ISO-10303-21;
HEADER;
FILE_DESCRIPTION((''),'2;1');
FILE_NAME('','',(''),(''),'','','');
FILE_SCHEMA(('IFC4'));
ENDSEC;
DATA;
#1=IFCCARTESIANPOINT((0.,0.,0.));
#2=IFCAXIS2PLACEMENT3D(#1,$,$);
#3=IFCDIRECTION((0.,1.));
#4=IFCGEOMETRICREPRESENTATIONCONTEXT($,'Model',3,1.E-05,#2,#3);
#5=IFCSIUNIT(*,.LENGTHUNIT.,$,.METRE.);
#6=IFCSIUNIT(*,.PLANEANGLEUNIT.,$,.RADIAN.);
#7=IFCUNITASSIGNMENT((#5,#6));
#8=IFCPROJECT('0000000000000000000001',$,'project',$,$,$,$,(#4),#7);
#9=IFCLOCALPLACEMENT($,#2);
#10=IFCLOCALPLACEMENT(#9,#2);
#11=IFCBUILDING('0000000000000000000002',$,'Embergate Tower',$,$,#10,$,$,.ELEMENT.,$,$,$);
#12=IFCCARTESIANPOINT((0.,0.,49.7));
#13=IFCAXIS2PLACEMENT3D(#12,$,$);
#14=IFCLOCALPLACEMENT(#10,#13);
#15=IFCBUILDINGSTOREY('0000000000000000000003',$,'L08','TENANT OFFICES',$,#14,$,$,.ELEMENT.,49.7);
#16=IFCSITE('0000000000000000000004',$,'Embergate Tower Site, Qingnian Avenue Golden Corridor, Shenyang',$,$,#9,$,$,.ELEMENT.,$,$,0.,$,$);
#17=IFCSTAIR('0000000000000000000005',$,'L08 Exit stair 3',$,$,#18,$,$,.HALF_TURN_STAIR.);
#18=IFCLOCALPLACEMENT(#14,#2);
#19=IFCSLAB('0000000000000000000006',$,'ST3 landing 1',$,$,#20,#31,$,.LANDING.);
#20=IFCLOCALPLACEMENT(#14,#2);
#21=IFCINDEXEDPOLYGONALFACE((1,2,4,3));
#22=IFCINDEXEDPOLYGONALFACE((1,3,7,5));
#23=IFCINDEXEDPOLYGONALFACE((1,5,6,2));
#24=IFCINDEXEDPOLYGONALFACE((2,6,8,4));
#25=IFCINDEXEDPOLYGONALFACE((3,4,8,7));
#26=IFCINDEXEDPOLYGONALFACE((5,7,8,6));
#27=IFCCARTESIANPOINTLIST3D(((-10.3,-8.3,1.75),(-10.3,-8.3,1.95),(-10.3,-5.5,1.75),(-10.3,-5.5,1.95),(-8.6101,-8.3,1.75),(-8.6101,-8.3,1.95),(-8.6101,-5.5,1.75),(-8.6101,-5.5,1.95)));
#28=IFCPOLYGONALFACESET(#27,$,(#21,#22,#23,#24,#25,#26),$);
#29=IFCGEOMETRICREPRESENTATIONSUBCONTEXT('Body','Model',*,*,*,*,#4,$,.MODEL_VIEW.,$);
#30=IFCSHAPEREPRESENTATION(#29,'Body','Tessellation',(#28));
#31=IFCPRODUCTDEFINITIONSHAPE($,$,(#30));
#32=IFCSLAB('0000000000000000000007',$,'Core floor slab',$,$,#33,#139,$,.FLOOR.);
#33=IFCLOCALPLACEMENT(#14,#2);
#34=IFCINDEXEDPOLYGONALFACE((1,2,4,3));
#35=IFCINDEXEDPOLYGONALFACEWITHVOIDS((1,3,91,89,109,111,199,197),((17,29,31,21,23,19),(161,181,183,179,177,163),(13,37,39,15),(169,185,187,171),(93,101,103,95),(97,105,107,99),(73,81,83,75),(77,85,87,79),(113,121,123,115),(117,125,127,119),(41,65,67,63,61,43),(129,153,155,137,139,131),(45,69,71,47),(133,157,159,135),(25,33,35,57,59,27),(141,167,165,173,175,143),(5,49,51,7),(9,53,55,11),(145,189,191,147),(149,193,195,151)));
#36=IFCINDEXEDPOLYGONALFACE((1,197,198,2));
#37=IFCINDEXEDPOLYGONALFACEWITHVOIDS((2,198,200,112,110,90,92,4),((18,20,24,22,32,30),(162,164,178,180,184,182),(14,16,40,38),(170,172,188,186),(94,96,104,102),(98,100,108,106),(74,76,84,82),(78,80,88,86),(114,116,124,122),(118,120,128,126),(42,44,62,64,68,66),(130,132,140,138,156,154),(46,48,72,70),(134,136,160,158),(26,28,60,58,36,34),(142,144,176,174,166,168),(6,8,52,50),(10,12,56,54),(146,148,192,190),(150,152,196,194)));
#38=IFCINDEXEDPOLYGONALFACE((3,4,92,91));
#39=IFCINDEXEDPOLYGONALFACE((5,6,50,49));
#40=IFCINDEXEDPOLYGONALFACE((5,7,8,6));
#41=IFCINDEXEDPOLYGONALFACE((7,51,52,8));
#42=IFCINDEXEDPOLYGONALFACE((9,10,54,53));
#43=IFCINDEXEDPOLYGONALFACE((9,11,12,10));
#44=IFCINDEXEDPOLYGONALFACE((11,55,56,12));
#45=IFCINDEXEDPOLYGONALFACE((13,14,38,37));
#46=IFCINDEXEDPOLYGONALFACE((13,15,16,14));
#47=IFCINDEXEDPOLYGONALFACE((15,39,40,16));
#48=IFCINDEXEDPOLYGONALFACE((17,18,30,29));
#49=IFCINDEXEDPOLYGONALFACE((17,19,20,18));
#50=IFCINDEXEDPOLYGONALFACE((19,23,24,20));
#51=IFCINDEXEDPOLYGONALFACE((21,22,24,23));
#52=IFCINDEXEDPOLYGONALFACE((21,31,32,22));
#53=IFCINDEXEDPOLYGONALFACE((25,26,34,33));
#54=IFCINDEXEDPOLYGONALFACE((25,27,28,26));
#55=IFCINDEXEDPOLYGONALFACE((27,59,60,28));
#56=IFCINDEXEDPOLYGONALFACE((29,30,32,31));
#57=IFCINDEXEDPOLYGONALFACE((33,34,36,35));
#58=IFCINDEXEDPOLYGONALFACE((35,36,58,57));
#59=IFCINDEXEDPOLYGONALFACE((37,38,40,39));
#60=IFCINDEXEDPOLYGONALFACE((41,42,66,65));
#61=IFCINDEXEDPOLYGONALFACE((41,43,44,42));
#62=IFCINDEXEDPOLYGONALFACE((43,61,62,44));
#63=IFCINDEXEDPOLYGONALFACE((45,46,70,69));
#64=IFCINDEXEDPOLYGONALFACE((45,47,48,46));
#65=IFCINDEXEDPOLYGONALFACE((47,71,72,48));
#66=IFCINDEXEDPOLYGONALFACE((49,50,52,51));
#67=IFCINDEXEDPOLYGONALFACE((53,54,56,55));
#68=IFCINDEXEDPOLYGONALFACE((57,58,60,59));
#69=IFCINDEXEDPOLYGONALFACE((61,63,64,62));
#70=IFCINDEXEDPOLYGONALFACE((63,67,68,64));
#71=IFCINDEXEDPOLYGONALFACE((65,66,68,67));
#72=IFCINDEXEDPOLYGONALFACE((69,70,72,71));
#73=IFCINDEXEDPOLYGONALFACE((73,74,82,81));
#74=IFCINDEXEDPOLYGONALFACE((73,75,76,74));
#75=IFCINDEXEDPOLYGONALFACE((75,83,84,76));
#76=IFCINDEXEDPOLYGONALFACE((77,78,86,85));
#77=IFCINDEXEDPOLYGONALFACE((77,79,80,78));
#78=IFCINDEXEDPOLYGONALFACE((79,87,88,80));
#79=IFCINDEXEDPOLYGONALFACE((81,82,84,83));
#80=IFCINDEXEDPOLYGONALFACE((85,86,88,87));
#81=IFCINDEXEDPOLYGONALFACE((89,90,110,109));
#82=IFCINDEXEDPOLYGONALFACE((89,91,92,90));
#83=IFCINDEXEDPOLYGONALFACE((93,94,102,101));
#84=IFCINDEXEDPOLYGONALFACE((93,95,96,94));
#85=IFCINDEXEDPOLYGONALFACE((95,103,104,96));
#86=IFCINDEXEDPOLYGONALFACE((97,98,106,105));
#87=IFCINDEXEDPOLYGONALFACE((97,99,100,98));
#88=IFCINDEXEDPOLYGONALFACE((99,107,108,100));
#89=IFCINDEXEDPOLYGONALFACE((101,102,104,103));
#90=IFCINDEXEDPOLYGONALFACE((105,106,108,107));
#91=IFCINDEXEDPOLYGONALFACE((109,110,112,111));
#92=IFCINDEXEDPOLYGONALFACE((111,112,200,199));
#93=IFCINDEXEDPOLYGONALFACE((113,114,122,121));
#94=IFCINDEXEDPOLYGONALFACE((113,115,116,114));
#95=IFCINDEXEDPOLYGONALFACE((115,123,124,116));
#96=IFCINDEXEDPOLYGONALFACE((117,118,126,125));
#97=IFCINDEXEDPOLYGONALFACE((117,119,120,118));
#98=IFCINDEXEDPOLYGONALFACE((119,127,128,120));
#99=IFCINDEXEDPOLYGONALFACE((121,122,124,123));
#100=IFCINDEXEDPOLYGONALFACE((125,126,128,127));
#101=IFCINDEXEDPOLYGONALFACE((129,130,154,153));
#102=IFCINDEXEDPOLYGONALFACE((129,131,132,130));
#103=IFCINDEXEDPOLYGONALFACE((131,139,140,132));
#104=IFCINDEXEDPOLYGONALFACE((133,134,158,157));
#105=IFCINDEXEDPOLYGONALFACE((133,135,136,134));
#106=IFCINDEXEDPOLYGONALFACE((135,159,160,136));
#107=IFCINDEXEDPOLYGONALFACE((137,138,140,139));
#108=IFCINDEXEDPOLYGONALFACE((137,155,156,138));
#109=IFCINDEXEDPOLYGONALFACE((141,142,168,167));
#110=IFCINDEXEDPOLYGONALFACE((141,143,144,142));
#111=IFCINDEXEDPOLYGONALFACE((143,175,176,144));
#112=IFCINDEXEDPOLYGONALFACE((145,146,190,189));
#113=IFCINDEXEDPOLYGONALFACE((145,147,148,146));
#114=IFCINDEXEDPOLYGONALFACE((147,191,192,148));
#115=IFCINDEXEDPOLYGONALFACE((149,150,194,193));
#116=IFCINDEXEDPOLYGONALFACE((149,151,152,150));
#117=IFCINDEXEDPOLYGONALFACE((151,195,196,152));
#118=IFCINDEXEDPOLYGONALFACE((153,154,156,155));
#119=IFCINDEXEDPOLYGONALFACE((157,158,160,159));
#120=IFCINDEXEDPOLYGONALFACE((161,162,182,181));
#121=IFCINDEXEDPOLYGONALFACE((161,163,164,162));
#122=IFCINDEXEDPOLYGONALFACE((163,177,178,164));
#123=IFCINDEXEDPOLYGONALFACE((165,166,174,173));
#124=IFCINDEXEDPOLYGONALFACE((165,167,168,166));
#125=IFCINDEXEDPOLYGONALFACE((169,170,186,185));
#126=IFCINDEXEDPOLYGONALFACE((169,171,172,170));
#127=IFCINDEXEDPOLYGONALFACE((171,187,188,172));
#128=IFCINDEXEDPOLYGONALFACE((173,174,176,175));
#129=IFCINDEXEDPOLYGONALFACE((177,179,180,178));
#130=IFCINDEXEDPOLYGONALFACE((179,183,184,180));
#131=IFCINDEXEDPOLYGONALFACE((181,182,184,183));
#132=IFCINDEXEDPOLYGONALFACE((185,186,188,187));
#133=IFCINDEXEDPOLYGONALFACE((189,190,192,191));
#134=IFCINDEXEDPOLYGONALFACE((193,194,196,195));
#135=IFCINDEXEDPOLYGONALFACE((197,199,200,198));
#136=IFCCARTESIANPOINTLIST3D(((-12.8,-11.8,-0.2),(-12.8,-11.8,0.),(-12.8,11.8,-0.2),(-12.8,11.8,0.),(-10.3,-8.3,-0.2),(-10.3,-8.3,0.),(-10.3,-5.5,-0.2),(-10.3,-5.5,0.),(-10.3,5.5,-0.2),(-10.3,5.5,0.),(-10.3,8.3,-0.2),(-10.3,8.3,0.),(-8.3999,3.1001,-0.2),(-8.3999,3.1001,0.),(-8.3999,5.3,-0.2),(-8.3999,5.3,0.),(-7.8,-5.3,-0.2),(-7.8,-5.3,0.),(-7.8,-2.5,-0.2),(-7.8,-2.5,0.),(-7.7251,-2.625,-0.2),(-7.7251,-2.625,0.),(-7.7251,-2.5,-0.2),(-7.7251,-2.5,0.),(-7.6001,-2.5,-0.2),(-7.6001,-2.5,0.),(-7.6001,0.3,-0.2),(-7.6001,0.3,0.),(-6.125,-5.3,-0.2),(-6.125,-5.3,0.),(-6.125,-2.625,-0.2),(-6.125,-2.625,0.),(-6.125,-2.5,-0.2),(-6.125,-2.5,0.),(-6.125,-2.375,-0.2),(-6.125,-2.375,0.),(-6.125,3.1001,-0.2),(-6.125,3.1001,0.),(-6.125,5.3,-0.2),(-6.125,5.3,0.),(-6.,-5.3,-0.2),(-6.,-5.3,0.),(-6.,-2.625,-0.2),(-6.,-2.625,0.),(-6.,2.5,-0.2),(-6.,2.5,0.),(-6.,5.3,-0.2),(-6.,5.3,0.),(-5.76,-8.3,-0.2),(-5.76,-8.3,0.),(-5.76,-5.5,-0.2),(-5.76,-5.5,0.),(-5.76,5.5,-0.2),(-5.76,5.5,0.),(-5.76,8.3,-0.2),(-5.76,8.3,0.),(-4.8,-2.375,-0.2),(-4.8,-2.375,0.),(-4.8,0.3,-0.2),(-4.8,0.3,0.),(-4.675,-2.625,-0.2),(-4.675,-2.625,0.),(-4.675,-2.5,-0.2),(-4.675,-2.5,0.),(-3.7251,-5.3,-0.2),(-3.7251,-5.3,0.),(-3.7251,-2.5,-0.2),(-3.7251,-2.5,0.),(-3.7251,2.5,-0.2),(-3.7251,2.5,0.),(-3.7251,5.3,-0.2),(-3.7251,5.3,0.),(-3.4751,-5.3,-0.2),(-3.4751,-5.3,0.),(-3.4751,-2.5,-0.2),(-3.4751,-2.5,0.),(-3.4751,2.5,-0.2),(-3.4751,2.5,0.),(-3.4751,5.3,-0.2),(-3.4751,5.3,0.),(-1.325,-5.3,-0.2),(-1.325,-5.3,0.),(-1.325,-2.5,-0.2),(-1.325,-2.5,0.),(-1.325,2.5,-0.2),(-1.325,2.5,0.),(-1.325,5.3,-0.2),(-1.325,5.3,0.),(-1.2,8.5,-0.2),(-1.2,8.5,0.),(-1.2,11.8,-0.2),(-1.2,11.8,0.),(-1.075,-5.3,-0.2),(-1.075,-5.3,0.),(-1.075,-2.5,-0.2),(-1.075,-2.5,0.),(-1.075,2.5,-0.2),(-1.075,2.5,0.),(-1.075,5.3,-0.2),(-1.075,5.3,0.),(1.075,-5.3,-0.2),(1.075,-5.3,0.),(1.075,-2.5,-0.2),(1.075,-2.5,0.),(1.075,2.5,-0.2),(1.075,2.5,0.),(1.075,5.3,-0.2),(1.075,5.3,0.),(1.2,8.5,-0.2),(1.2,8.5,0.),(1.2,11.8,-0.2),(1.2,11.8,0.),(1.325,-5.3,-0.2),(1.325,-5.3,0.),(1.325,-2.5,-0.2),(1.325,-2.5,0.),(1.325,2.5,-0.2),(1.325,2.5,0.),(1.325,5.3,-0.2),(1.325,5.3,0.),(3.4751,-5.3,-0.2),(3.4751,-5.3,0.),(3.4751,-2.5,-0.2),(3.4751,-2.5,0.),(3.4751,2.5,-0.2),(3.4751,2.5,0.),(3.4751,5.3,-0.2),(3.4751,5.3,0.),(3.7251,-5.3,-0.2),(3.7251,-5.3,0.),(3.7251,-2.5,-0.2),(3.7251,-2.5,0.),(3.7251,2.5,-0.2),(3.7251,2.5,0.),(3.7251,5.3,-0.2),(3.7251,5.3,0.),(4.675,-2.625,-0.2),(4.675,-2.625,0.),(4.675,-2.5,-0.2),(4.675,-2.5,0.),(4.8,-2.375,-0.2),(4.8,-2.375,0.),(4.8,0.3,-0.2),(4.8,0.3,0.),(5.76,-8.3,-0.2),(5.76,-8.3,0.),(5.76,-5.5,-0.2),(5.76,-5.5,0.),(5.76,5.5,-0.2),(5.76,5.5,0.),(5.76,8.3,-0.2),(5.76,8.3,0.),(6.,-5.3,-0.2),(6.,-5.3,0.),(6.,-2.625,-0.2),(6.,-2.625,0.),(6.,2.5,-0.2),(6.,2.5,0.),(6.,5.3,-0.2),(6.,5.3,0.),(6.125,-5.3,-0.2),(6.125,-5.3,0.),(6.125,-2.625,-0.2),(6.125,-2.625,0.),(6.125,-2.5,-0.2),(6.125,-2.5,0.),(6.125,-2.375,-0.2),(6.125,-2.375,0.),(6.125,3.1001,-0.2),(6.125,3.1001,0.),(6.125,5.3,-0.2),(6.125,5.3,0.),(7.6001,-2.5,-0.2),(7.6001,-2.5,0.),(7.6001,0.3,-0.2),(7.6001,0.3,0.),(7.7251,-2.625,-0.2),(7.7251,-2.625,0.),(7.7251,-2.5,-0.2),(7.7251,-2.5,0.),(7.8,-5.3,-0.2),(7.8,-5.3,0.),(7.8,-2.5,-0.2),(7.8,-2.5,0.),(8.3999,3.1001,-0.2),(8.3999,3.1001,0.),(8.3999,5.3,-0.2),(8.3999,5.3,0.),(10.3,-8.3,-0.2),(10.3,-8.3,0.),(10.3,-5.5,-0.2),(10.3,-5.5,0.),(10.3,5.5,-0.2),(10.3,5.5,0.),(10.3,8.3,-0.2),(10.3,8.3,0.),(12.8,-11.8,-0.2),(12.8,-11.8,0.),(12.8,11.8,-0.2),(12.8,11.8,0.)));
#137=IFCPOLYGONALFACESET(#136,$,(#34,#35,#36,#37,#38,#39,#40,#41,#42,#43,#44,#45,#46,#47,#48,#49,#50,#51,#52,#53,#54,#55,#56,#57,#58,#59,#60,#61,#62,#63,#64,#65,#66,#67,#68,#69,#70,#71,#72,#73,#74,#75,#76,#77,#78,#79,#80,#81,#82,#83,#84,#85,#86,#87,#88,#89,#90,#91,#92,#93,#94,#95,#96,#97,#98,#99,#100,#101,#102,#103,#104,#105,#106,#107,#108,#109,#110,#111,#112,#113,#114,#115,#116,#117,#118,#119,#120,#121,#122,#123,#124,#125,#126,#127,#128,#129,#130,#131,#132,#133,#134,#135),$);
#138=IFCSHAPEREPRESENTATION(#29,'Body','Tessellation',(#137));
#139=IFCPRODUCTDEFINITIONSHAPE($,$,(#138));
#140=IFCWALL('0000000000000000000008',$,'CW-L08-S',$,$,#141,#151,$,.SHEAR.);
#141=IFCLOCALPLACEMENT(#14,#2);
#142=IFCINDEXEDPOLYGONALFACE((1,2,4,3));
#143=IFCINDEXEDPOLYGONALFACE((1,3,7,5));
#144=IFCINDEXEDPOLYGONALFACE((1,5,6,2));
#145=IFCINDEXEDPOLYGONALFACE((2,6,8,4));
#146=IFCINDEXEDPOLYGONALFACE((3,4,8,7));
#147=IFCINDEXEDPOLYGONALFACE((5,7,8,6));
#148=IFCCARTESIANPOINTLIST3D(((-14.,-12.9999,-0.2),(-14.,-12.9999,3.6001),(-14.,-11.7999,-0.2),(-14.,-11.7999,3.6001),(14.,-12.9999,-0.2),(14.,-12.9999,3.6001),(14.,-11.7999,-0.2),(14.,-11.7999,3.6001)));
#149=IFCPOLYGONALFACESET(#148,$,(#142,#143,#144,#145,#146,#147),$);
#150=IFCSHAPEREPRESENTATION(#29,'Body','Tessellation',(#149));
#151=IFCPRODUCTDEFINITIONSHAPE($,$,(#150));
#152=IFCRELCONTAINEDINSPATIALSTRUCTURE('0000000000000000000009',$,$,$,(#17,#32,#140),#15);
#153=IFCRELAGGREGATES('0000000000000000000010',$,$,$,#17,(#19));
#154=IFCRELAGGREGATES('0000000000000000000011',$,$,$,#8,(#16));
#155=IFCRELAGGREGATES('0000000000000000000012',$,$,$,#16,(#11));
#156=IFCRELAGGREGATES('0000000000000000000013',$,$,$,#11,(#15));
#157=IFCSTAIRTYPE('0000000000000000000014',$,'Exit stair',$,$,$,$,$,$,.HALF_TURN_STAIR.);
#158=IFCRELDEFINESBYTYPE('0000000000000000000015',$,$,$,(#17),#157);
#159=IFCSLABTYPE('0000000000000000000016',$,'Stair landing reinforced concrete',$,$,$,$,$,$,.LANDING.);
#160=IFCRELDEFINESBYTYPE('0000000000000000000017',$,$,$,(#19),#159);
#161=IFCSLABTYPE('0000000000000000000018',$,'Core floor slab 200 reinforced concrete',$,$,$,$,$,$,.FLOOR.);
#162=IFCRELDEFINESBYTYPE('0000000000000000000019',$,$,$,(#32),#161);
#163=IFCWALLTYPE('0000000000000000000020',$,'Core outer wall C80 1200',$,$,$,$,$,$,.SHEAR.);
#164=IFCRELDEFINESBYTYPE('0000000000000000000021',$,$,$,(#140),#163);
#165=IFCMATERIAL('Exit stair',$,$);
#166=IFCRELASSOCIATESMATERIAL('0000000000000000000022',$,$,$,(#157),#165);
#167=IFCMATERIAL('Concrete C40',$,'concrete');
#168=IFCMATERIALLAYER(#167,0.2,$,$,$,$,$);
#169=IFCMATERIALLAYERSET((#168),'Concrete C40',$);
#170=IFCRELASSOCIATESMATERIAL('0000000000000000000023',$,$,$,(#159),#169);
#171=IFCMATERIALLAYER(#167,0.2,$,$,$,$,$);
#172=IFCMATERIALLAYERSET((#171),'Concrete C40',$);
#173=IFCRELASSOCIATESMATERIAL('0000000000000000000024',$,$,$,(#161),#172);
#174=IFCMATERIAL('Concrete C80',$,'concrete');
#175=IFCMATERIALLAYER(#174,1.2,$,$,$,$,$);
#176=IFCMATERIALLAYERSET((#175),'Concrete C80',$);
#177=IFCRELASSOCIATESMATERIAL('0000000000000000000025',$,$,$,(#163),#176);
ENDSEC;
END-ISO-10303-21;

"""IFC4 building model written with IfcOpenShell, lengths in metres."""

from ifc_helpers import new_model, si_unit, direction, frame, frame_2d, origin, place, context, subcontext, project, spatial, polyline, rectangle, outline, extrude, source, transform, mapped, material, layer, layer_set, type_object, element, aggregate, save


model = new_model("IFC4")

# Units and contexts
model_context = context("Model", 3, precision=1e-05, world=origin(), true_north=direction((0.0, 1.0)))
body_context = subcontext(model_context, "Body", "Model", "MODEL_VIEW")
ifc_project = project(units=[si_unit("LENGTHUNIT", "METRE"), si_unit("PLANEANGLEUNIT", "RADIAN")], contexts=[model_context])

# Site, building, storey
site_placement = place(None, origin())
site = spatial("IfcSite", under=ifc_project, at=site_placement, Name="Embergate Tower Site, Qingnian Avenue Golden Corridor, Shenyang", CompositionType="ELEMENT", RefElevation=0.0)
building_placement = place(site_placement, origin())
building = spatial("IfcBuilding", under=site, at=building_placement, Name="Embergate Tower", CompositionType="ELEMENT")
storey_placement = place(building_placement, frame((0.0, 0.0, 49.7)))
storey = spatial("IfcBuildingStorey", under=building, at=storey_placement, Name="L08", Description="TENANT OFFICES", CompositionType="ELEMENT", Elevation=49.7)

# Stair, slab
ifc_material_1 = material(Name="Exit stair")
stair_type = type_object("IfcStairType", Name="Exit stair", PredefinedType="HALF_TURN_STAIR", material=ifc_material_1)
stair_placement = place(storey_placement, origin())
stair = element("IfcStair", 1, at=stair_placement, inside=storey, type_object=stair_type, Name="L08 Exit stair 3", PredefinedType="HALF_TURN_STAIR")
ifc_material_2 = material(Name="Concrete C40", Category="concrete")
ifc_layer_1 = layer(ifc_material_2, 0.2)
ifc_layer_set_1 = layer_set([ifc_layer_1], Name="Concrete C40")
slab_type_1 = type_object("IfcSlabType", Name="Stair landing reinforced concrete", PredefinedType="LANDING", material=ifc_layer_set_1)
shared_shape_1 = source(origin(), body_context, "Body", "SweptSolid", [
    extrude(outline(polyline([(0.0, 0.0), (1.6899, 0.0), (1.6899, 2.8), (0.0, 2.8), (0.0, 0.0)])), origin(), (0.0, 0.0, 1.0), 0.2),
])
slab_1_placement = place(storey_placement, frame((-10.3, -8.3, 1.75)))
slab_1 = element("IfcSlab", 2, at=slab_1_placement, type_object=slab_type_1, Name="ST3 landing 1", PredefinedType="LANDING", context=body_context, shape_type="MappedRepresentation", body=[
    mapped(shared_shape_1, transform((0.0, 0.0, 0.0))),
])

# Slab
ifc_layer_2 = layer(ifc_material_2, 0.2)
ifc_layer_set_2 = layer_set([ifc_layer_2], Name="Concrete C40")
slab_type_2 = type_object("IfcSlabType", Name="Core floor slab 200 reinforced concrete", PredefinedType="FLOOR", material=ifc_layer_set_2)
shared_shape_2 = source(origin(), body_context, "Body", "SweptSolid", [
    extrude(outline(polyline([(0.0, 0.0), (25.6001, 0.0), (25.6001, 23.6001), (14.0, 23.6001), (14.0, 20.3), (11.6001, 20.3), (11.6001, 23.6001), (0.0, 23.6001), (0.0, 0.0)]), holes=[polyline([(2.5, 3.5), (2.5, 6.3), (7.04, 6.3), (7.04, 3.5), (2.5, 3.5)]), polyline([(18.5601, 3.5), (18.5601, 6.3), (23.1001, 6.3), (23.1001, 3.5), (18.5601, 3.5)]), polyline([(5.0, 6.5), (5.0, 9.3), (5.075, 9.3), (5.075, 9.175), (6.675, 9.175), (6.675, 6.5), (5.0, 6.5)]), polyline([(6.8, 6.5), (6.8, 9.175), (8.125, 9.175), (8.125, 9.3), (9.075, 9.3), (9.075, 6.5), (6.8, 6.5)]), polyline([(9.325, 6.5), (9.325, 9.3), (11.4751, 9.3), (11.4751, 6.5), (9.325, 6.5)]), polyline([(11.7251, 6.5), (11.7251, 9.3), (13.875, 9.3), (13.875, 6.5), (11.7251, 6.5)]), polyline([(14.125, 6.5), (14.125, 9.3), (16.2751, 9.3), (16.2751, 6.5), (14.125, 6.5)]), polyline([(16.5251, 6.5), (16.5251, 9.3), (17.4751, 9.3), (17.4751, 9.175), (18.8, 9.175), (18.8, 6.5), (16.5251, 6.5)]), polyline([(18.925, 6.5), (18.925, 9.175), (20.5251, 9.175), (20.5251, 9.3), (20.6001, 9.3), (20.6001, 6.5), (18.925, 6.5)]), polyline([(5.2, 9.3), (5.2, 12.1001), (8.0, 12.1001), (8.0, 9.425), (6.675, 9.425), (6.675, 9.3), (5.2, 9.3)]), polyline([(18.925, 9.3), (18.925, 9.425), (17.6001, 9.425), (17.6001, 12.1001), (20.4001, 12.1001), (20.4001, 9.3), (18.925, 9.3)]), polyline([(6.8, 14.3), (6.8, 17.1001), (9.075, 17.1001), (9.075, 14.3), (6.8, 14.3)]), polyline([(9.325, 14.3), (9.325, 17.1001), (11.4751, 17.1001), (11.4751, 14.3), (9.325, 14.3)]), polyline([(11.7251, 14.3), (11.7251, 17.1001), (13.875, 17.1001), (13.875, 14.3), (11.7251, 14.3)]), polyline([(14.125, 14.3), (14.125, 17.1001), (16.2751, 17.1001), (16.2751, 14.3), (14.125, 14.3)]), polyline([(16.5251, 14.3), (16.5251, 17.1001), (18.8, 17.1001), (18.8, 14.3), (16.5251, 14.3)]), polyline([(4.4001, 14.9001), (4.4001, 17.1001), (6.675, 17.1001), (6.675, 14.9001), (4.4001, 14.9001)]), polyline([(18.925, 14.9001), (18.925, 17.1001), (21.2, 17.1001), (21.2, 14.9001), (18.925, 14.9001)]), polyline([(2.5, 17.3), (2.5, 20.1001), (7.04, 20.1001), (7.04, 17.3), (2.5, 17.3)]), polyline([(18.5601, 17.3), (18.5601, 20.1001), (23.1001, 20.1001), (23.1001, 17.3), (18.5601, 17.3)])]), origin(), (0.0, 0.0, 1.0), 0.2),
])
slab_2_placement = place(storey_placement, frame((-12.8, -11.8, -0.2)))
element("IfcSlab", 3, at=slab_2_placement, inside=storey, type_object=slab_type_2, Name="Core floor slab", PredefinedType="FLOOR", context=body_context, shape_type="MappedRepresentation", body=[
    mapped(shared_shape_2, transform((0.0, 0.0, 0.0))),
])

# Wall
ifc_material_3 = material(Name="Concrete C80", Category="concrete")
ifc_layer_3 = layer(ifc_material_3, 1.2)
ifc_layer_set_3 = layer_set([ifc_layer_3], Name="Concrete C80")
wall_type_1 = type_object("IfcWallType", Name="Core outer wall C80 1200", PredefinedType="SHEAR", material=ifc_layer_set_3)
shared_shape_3 = source(origin(), body_context, "Body", "SweptSolid", [
    extrude(rectangle(XDim=28.0, YDim=1.2, at=frame_2d((14.0, 0.0))), origin(), (0.0, 0.0, 1.0), 3.8),
])
wall_1_placement = place(storey_placement, frame((-14.0, -12.3999, -0.2), z_axis=(0.0, 0.0, 1.0), x_axis=(1.0, 0.0, 0.0)))
element("IfcWall", 4, at=wall_1_placement, inside=storey, type_object=wall_type_1, Name="CW-L08-S", PredefinedType="SHEAR", context=body_context, shape_type="MappedRepresentation", body=[
    mapped(shared_shape_3, transform((0.0, 0.0, 0.0))),
])

aggregate(stair, [slab_1])

save(model, "model.ifc")
